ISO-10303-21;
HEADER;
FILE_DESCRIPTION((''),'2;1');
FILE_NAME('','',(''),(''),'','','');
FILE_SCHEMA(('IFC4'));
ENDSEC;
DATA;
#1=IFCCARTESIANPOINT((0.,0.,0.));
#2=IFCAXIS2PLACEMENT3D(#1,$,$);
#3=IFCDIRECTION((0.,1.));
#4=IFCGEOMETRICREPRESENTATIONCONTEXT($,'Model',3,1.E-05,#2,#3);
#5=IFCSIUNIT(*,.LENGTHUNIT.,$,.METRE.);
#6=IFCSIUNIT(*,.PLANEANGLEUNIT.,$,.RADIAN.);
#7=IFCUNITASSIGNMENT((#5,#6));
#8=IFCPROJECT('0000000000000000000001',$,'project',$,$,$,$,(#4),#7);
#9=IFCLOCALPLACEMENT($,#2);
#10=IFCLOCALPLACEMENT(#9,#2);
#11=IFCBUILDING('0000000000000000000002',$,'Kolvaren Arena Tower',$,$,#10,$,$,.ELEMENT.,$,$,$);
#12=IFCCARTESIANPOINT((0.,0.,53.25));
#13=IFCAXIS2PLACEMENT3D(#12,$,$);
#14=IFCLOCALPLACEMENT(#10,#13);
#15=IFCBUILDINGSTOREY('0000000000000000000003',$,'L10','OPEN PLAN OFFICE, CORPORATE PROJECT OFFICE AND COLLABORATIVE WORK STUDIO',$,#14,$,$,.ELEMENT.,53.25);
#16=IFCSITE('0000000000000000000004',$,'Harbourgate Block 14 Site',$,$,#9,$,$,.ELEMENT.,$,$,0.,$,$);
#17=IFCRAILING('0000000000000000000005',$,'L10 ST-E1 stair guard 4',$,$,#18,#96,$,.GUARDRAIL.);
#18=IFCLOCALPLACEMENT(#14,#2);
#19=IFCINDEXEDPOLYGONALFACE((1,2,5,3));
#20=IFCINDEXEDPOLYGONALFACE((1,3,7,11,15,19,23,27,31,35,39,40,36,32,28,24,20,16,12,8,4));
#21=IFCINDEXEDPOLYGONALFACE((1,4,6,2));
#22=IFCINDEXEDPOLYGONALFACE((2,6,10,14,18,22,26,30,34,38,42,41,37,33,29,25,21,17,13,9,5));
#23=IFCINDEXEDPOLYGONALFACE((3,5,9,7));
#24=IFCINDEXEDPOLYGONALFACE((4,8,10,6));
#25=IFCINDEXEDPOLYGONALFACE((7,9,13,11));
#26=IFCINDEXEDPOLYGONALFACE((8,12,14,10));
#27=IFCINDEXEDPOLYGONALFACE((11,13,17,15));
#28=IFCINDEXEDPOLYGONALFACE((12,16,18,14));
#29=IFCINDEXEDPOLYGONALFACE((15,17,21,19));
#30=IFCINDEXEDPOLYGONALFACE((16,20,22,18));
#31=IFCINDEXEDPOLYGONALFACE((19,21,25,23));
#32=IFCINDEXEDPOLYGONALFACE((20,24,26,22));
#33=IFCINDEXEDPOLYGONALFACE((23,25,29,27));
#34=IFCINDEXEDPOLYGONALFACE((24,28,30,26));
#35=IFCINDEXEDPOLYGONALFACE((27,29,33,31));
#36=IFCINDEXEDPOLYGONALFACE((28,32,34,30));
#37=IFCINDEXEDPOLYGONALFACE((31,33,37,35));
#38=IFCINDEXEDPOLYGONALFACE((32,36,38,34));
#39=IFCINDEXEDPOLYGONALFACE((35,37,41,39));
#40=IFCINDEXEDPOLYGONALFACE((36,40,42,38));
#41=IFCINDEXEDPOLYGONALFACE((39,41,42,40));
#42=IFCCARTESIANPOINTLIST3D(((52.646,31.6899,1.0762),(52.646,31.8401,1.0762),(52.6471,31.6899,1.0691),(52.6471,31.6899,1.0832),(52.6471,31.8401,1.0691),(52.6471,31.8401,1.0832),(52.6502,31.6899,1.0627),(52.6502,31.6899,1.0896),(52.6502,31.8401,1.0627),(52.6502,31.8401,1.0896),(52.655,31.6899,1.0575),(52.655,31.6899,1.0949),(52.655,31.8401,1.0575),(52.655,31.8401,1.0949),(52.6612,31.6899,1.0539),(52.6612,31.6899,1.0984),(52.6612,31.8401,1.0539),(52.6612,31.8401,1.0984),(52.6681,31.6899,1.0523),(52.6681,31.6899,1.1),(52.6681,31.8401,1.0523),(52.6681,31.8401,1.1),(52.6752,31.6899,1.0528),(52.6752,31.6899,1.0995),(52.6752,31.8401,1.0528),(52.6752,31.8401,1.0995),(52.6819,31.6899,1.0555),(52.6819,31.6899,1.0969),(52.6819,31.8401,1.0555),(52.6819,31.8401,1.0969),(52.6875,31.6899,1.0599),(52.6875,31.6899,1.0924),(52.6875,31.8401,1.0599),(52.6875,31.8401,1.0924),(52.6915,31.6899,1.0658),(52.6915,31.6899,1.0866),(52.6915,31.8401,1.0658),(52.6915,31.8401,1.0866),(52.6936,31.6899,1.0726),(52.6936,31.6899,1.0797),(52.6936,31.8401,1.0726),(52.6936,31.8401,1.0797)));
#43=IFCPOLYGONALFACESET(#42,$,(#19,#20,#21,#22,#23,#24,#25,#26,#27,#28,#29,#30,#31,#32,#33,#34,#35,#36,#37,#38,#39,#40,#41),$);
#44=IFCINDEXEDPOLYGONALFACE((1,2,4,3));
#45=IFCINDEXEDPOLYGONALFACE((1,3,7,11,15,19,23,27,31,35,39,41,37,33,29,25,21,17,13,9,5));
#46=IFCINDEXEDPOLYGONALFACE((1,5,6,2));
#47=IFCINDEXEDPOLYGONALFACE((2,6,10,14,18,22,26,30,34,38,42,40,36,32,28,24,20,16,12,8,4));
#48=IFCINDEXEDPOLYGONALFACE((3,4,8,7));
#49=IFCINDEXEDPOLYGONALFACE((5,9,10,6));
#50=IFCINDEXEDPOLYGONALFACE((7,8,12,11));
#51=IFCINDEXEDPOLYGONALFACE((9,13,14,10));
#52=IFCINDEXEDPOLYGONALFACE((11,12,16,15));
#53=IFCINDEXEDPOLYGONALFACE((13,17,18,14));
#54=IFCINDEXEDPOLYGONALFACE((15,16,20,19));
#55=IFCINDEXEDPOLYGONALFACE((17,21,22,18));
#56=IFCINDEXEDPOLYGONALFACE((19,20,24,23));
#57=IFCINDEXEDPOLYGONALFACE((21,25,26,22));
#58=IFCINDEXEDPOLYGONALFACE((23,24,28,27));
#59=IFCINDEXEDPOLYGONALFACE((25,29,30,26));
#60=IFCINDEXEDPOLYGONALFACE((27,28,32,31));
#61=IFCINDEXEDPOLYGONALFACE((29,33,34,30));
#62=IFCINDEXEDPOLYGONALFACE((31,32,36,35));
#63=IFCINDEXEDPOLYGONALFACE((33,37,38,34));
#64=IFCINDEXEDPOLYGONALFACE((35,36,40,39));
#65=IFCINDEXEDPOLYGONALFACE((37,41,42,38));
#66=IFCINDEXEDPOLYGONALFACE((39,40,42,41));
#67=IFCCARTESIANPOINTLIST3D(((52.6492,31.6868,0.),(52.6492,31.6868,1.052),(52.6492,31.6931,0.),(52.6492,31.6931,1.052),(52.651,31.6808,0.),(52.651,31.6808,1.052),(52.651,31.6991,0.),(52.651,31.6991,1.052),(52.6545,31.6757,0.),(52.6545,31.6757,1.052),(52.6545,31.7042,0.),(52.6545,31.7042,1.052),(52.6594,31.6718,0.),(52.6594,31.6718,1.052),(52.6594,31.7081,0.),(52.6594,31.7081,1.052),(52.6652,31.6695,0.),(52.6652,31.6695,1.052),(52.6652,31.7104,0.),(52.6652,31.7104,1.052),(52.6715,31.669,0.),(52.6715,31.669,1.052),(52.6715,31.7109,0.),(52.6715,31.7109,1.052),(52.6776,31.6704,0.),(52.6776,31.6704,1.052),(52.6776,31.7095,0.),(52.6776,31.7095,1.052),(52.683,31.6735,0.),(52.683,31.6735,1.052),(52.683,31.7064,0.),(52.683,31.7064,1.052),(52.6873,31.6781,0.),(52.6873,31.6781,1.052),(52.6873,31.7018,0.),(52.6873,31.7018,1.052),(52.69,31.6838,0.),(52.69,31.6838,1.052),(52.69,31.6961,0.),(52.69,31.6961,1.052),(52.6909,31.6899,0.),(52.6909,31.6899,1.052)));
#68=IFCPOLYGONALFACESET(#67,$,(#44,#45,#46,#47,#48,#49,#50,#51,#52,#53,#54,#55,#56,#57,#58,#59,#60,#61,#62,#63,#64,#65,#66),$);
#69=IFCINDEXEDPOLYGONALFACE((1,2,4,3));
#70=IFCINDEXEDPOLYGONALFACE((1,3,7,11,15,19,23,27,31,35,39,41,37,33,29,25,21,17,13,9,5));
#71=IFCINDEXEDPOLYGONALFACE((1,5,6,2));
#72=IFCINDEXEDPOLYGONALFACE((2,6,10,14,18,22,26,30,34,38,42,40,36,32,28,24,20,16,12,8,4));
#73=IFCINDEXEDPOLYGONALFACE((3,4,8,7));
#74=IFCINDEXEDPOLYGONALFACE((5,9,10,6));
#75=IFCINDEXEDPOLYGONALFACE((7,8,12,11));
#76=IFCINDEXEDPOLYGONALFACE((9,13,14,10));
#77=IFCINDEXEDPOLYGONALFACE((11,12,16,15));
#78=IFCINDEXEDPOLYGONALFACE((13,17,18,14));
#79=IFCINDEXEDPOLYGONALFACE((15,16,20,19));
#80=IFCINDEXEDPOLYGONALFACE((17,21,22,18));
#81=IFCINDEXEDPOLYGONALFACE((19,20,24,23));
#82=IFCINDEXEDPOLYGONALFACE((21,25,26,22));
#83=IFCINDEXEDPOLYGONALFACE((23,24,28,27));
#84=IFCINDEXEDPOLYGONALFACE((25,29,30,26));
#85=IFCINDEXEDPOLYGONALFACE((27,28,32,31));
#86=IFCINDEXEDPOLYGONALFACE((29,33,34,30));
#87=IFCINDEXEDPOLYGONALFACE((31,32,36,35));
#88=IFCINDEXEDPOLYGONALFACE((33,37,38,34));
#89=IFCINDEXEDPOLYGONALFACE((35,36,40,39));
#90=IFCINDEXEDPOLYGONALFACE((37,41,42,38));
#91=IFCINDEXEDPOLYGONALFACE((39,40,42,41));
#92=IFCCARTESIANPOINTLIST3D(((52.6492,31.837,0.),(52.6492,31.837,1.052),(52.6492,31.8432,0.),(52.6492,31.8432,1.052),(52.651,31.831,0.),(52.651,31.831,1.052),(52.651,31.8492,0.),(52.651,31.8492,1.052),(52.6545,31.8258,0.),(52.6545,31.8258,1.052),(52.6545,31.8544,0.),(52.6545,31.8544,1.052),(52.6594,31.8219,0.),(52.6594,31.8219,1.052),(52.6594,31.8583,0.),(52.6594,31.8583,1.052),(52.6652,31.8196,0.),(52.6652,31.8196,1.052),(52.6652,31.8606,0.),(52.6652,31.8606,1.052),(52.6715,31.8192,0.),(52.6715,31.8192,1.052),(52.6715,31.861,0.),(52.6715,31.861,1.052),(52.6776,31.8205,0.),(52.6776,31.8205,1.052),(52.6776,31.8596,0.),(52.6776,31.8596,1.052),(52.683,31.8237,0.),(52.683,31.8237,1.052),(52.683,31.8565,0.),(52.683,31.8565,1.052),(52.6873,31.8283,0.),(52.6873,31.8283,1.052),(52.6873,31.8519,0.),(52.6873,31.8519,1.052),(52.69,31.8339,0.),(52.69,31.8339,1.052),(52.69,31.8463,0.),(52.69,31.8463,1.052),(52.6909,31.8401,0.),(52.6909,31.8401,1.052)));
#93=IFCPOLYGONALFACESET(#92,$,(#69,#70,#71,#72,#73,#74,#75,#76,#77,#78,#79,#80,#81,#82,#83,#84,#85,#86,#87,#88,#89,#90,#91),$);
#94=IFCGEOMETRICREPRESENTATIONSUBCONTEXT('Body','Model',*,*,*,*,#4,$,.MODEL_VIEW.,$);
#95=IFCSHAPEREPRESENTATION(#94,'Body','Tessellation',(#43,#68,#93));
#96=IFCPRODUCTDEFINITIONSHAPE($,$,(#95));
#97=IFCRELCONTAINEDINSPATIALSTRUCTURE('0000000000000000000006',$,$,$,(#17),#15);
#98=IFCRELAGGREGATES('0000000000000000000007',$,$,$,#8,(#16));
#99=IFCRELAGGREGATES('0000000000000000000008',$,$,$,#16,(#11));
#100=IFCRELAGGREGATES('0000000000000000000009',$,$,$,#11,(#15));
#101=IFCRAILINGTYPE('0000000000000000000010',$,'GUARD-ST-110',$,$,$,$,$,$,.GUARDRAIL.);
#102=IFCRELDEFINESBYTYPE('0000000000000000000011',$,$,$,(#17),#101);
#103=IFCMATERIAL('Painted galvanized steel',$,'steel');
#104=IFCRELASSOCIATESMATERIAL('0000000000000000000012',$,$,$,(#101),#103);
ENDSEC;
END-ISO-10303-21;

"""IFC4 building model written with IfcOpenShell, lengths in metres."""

from ifc_helpers import new_model, si_unit, direction, frame, origin, origin_2d, place, context, subcontext, project, spatial, circle, extrude, material, type_object, element, save


model = new_model("IFC4")

# Units and contexts
model_context = context("Model", 3, precision=1e-05, world=origin(), true_north=direction((0.0, 1.0)))
body_context = subcontext(model_context, "Body", "Model", "MODEL_VIEW")
ifc_project = project(units=[si_unit("LENGTHUNIT", "METRE"), si_unit("PLANEANGLEUNIT", "RADIAN")], contexts=[model_context])

# Site, building, storey
site_placement = place(None, origin())
site = spatial("IfcSite", under=ifc_project, at=site_placement, Name="Harbourgate Block 14 Site", CompositionType="ELEMENT", RefElevation=0.0)
building_placement = place(site_placement, origin())
building = spatial("IfcBuilding", under=site, at=building_placement, Name="Kolvaren Arena Tower", CompositionType="ELEMENT")
storey_placement = place(building_placement, frame((0.0, 0.0, 53.25)))
storey = spatial("IfcBuildingStorey", under=building, at=storey_placement, Name="L10", Description="OPEN PLAN OFFICE, CORPORATE PROJECT OFFICE AND COLLABORATIVE WORK STUDIO", CompositionType="ELEMENT", Elevation=53.25)

# Railing
ifc_material_1 = material(Name="Painted galvanized steel", Category="steel")
railing_type_1 = type_object("IfcRailingType", Name="GUARD-ST-110", PredefinedType="GUARDRAIL", material=ifc_material_1)
railing_1_placement = place(storey_placement, frame((52.6699, 31.6899, 0.0)))
element("IfcRailing", 1, at=railing_1_placement, inside=storey, type_object=railing_type_1, Name="L10 ST-E1 stair guard 4", PredefinedType="GUARDRAIL", context=body_context, shape_type="SweptSolid", body=[
    extrude(circle(Radius=0.0239, at=origin_2d()), frame((0.0, 0.0, 1.0762), z_axis=(0.0, 1.0, 0.0), x_axis=(-1.0, 0.0, 0.0)), (0.0, 0.0, 1.0), 0.1501),
    extrude(circle(Radius=0.021, at=origin_2d()), origin(), (0.0, 0.0, 1.0), 1.052),
    extrude(circle(Radius=0.021, at=origin_2d()), frame((0.0, 0.1501, 0.0)), (0.0, 0.0, 1.0), 1.052),
])

save(model, "model.ifc")
